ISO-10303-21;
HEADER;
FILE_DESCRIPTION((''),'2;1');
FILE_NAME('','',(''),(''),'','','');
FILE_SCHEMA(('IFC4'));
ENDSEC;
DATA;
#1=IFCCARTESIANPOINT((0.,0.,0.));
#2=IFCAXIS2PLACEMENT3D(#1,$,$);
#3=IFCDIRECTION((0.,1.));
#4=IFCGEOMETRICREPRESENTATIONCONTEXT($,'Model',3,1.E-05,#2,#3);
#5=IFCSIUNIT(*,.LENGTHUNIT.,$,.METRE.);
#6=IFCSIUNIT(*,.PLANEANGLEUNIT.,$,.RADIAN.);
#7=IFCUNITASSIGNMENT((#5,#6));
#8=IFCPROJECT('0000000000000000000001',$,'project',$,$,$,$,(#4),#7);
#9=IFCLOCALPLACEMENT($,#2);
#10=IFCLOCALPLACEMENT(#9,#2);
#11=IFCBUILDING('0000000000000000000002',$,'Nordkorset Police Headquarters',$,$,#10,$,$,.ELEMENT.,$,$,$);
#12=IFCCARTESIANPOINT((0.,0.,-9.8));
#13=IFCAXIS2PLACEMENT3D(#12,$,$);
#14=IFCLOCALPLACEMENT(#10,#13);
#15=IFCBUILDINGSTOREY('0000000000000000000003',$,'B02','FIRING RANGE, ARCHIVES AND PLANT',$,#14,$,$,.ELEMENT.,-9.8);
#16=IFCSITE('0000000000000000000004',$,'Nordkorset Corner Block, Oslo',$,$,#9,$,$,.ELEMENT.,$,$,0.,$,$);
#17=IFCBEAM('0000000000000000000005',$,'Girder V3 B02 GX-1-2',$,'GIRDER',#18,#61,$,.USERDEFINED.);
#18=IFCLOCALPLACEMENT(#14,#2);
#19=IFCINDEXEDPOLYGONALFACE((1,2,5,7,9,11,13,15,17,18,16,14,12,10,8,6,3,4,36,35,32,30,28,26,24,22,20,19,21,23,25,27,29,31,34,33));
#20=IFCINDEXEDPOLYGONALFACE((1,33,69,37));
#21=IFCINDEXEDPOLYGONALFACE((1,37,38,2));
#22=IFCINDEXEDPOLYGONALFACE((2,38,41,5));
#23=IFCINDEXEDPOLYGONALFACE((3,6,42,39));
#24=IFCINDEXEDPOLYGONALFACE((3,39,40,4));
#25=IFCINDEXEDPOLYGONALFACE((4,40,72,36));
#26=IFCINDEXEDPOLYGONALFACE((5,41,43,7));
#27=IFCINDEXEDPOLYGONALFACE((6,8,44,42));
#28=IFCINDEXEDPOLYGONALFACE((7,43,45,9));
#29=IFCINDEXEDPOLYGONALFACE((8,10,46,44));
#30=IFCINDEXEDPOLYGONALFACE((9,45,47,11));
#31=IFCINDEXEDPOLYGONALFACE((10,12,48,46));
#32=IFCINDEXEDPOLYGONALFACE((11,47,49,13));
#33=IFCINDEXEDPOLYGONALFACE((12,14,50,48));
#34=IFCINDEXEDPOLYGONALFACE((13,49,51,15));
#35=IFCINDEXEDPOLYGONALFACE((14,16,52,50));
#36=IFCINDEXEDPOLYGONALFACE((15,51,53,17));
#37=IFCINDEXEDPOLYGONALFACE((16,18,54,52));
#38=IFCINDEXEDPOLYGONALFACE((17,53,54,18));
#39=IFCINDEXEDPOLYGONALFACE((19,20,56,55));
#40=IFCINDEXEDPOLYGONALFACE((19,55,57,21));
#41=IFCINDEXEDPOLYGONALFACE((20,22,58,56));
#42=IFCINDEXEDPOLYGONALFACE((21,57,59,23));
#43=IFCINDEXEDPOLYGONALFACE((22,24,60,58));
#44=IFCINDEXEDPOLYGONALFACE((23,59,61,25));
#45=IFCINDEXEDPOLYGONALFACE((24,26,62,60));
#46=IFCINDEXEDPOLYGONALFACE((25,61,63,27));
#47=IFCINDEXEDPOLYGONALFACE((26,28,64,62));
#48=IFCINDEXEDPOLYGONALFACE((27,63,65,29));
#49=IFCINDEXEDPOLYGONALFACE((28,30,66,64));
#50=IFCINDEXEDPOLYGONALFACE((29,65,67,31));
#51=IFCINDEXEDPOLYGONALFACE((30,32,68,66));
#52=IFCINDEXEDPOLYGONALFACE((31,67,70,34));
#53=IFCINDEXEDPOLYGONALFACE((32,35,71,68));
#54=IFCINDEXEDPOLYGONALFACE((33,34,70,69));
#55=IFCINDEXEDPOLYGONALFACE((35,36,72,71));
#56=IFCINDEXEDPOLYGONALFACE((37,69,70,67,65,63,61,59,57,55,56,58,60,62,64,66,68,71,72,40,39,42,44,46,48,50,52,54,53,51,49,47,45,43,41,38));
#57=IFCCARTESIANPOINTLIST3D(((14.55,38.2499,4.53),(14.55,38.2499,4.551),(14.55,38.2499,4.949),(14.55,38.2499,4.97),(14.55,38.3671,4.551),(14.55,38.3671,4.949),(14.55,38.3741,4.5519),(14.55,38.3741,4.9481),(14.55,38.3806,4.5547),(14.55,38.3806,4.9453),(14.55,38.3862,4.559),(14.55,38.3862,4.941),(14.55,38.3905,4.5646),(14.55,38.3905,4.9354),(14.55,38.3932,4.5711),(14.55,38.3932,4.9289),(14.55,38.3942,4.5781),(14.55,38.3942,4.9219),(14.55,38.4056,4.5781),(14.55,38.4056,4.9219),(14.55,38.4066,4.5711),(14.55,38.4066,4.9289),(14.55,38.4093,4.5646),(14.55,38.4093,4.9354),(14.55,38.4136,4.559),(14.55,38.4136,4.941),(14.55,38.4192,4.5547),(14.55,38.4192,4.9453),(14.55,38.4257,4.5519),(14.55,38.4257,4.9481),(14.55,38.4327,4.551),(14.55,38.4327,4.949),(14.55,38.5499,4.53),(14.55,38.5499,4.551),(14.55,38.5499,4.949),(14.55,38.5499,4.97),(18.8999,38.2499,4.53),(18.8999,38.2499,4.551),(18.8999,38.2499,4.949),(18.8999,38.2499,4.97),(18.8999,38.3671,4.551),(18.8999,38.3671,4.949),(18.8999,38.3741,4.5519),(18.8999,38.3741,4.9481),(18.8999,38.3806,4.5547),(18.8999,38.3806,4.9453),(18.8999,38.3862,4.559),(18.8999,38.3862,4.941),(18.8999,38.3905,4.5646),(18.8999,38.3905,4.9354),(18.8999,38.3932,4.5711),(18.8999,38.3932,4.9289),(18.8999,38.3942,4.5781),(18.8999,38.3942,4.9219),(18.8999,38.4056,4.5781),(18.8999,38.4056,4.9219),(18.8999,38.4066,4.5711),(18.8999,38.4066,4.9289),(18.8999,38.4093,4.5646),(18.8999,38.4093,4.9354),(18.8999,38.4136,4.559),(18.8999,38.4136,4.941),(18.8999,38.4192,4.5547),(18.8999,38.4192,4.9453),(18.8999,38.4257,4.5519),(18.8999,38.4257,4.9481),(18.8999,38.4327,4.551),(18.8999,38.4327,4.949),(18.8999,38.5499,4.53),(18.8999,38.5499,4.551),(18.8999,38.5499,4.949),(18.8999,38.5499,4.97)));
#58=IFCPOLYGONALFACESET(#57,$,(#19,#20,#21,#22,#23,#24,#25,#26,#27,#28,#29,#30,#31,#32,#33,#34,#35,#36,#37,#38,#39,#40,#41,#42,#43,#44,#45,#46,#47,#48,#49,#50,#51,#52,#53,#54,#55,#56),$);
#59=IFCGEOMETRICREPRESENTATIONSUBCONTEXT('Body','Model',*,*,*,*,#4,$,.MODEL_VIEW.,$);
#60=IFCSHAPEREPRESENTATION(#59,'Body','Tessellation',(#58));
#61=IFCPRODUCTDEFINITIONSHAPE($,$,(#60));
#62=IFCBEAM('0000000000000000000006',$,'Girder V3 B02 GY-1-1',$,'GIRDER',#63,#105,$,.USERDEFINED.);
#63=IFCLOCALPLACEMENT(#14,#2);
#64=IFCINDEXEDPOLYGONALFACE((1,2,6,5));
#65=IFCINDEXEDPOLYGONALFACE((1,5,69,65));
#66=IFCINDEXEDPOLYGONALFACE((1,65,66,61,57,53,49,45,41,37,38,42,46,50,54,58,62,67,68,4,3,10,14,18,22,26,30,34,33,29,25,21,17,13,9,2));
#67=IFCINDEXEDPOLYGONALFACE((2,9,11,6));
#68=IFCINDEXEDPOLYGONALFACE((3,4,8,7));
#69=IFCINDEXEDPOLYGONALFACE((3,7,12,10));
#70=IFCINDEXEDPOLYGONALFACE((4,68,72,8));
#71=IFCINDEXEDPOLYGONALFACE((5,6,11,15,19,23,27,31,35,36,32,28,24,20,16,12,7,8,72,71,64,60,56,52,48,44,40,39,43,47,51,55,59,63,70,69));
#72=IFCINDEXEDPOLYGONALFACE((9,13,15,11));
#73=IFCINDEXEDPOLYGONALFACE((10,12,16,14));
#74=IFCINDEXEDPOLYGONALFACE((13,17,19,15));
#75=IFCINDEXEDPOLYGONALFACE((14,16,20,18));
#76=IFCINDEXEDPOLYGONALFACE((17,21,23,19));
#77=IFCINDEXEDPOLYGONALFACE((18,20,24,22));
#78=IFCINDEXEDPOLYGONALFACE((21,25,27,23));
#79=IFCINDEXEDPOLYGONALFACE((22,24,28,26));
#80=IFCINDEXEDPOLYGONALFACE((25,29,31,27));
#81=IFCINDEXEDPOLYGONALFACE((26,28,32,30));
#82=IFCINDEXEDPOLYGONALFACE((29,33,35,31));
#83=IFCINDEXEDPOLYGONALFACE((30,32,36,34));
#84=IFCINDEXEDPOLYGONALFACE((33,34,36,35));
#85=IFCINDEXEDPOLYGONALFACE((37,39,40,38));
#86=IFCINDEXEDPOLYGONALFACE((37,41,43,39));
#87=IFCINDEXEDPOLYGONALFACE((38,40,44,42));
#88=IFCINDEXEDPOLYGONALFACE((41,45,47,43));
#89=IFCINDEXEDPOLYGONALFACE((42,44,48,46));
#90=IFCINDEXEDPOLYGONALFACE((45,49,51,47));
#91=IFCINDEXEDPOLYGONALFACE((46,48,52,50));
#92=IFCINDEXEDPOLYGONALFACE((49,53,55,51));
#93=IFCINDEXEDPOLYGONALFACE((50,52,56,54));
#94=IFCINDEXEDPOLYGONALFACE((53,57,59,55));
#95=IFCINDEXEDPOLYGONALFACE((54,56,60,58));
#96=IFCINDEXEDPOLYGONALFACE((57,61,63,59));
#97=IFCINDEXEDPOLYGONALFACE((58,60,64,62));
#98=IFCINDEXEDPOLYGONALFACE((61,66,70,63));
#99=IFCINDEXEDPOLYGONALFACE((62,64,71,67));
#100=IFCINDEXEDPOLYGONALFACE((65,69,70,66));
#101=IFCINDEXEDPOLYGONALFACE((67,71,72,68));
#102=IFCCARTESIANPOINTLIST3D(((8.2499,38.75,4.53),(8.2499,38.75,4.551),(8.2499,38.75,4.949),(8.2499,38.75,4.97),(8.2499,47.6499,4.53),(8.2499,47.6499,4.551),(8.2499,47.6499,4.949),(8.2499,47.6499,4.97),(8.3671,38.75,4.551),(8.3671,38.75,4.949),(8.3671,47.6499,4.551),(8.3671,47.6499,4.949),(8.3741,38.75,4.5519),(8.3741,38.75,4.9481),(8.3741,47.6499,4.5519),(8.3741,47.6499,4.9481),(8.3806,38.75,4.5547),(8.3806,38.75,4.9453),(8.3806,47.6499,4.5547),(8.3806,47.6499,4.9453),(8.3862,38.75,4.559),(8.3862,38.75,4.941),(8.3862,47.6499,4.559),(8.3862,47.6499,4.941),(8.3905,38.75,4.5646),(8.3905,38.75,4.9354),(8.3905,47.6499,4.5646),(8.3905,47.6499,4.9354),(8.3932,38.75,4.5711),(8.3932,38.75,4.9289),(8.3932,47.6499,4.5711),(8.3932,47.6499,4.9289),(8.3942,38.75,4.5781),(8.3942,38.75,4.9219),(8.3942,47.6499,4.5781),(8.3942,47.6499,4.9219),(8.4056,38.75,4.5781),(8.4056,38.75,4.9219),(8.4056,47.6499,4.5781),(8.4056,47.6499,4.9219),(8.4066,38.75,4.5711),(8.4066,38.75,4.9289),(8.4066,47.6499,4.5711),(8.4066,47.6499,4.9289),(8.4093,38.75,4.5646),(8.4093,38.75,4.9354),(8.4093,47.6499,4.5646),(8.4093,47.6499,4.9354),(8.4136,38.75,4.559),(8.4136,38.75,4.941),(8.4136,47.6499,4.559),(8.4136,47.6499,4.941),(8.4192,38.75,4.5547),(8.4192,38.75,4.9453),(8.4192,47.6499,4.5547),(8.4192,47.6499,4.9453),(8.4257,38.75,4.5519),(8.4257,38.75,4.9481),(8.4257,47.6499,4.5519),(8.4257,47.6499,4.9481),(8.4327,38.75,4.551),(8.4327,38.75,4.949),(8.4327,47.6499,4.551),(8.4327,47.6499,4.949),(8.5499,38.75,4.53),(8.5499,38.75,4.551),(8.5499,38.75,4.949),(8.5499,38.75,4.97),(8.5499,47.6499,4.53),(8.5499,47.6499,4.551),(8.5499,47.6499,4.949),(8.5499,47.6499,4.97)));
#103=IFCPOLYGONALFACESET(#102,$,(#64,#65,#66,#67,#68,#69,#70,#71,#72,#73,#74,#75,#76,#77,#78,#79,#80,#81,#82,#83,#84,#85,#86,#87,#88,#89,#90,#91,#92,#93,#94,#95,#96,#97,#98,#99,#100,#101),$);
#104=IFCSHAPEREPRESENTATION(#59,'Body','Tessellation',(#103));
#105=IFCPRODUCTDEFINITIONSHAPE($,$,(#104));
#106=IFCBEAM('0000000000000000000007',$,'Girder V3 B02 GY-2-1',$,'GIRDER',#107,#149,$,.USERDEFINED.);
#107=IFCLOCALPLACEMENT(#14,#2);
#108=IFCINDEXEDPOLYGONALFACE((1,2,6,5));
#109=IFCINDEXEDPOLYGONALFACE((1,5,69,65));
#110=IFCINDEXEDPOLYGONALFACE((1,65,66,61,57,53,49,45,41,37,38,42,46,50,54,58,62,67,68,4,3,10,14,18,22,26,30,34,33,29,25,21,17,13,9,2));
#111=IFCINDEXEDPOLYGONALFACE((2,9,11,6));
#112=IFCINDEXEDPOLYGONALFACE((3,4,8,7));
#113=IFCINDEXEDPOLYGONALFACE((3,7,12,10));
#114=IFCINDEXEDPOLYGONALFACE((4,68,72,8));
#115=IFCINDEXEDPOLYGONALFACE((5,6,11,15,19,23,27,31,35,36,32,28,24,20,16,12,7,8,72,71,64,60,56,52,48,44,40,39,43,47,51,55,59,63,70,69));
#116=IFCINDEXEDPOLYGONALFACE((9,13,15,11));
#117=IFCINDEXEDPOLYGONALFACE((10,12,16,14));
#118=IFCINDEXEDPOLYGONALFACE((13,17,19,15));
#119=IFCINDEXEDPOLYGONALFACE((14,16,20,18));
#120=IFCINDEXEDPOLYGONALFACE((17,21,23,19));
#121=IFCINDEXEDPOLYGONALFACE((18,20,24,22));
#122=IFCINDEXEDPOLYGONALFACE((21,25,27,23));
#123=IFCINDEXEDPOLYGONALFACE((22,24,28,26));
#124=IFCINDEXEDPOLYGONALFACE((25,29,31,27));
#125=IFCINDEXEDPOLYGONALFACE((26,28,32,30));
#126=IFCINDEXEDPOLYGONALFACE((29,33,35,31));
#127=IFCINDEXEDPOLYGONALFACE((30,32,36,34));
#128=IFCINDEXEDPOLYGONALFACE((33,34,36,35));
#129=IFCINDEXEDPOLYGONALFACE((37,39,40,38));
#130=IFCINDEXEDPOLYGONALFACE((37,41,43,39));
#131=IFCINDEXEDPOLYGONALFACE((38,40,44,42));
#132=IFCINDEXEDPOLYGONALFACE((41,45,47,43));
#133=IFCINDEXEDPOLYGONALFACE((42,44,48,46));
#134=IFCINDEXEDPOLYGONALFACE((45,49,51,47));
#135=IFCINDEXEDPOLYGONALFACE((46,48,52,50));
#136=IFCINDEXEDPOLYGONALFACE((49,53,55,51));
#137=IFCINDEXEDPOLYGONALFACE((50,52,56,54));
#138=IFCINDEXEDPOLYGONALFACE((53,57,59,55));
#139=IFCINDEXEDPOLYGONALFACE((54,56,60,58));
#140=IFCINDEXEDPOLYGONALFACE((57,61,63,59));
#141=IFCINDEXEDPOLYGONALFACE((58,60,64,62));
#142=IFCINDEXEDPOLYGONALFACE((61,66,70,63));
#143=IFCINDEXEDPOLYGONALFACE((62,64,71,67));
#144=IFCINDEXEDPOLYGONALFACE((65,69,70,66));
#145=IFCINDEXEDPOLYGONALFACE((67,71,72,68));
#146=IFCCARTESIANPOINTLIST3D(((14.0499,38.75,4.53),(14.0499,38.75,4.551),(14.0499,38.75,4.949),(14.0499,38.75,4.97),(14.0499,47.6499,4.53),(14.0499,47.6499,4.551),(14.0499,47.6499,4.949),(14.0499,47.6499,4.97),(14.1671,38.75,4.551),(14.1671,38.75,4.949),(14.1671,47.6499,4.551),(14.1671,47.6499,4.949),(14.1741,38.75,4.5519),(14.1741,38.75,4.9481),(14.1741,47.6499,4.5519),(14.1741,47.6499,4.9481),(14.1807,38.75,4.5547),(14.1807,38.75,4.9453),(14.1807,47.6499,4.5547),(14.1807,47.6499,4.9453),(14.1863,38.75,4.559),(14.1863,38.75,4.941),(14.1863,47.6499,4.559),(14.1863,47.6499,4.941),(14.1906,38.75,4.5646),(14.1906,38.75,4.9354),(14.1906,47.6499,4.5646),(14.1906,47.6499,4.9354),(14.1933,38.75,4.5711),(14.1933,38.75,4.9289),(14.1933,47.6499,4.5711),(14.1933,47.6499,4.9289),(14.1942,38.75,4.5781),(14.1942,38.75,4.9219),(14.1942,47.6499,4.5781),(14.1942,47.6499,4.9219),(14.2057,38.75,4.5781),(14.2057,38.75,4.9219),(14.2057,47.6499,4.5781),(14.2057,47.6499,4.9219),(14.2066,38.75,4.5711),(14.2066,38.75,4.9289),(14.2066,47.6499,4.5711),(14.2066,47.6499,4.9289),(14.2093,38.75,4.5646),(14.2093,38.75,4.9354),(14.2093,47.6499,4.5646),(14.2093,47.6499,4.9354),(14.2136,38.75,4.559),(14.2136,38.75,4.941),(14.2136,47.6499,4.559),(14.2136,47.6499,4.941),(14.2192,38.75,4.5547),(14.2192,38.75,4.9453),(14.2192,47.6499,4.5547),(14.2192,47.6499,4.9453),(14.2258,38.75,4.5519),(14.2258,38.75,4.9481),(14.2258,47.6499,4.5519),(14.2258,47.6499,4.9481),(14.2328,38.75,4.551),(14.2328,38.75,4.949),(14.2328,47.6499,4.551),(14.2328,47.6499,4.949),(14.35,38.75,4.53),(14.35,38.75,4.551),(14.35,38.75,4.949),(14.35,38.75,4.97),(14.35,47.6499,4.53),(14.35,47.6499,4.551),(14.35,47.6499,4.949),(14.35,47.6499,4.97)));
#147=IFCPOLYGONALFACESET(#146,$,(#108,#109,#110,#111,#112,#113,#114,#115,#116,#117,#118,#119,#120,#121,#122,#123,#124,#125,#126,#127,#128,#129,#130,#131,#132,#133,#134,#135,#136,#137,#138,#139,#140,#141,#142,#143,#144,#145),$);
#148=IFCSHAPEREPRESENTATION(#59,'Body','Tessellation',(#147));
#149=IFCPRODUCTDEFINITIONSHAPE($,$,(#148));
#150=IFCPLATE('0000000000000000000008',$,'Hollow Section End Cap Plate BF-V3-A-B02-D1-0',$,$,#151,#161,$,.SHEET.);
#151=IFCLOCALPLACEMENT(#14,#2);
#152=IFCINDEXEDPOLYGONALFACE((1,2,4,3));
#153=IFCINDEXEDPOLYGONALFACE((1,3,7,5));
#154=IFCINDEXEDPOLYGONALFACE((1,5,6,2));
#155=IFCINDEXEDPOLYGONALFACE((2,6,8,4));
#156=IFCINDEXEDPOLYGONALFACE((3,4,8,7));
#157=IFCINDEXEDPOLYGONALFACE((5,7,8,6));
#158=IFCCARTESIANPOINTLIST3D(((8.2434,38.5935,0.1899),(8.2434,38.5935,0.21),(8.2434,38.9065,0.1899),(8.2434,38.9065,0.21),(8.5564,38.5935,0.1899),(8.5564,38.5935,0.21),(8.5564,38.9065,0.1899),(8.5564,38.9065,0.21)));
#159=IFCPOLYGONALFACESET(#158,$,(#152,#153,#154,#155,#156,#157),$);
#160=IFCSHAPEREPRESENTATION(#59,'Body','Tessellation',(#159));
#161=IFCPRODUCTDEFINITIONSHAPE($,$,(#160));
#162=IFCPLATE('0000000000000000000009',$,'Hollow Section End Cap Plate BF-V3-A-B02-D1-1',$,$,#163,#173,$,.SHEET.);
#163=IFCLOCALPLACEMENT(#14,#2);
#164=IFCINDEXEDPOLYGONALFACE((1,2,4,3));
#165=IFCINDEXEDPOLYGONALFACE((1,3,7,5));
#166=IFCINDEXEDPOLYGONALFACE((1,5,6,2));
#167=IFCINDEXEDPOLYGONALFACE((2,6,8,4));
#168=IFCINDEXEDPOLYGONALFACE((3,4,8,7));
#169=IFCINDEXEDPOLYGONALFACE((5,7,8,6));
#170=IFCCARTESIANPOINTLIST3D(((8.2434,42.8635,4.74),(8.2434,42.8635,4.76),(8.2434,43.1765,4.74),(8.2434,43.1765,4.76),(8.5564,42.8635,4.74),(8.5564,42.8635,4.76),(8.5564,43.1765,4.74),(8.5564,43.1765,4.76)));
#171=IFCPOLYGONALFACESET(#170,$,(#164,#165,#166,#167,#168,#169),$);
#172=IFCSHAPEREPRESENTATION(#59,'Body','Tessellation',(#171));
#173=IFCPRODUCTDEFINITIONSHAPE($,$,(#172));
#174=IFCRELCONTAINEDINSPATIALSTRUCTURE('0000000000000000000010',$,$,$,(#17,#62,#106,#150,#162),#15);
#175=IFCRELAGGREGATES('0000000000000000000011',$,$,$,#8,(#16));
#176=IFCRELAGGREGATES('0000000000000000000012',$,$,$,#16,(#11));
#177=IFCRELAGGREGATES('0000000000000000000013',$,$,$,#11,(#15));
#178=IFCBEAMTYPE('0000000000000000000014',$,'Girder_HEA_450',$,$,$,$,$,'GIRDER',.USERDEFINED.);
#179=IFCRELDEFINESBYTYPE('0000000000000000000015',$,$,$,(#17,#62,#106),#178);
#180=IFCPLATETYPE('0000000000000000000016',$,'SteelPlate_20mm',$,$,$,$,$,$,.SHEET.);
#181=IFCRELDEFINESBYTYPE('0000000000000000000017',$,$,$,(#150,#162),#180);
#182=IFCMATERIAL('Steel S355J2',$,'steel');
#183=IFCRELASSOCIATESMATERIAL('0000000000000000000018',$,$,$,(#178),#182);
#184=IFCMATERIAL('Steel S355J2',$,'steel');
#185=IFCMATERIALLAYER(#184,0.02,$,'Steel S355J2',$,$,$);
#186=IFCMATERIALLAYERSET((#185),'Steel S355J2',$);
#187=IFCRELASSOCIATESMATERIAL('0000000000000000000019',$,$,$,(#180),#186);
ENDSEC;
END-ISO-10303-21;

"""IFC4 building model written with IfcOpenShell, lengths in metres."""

from ifc_helpers import new_model, si_unit, direction, frame, origin, origin_2d, place, context, subcontext, project, spatial, rectangle, i_section, extrude, material, layer, layer_set, material_profile, profile_set, type_object, element, save


model = new_model("IFC4")

# Units and contexts
model_context = context("Model", 3, precision=1e-05, world=origin(), true_north=direction((0.0, 1.0)))
body_context = subcontext(model_context, "Body", "Model", "MODEL_VIEW")
ifc_project = project(units=[si_unit("LENGTHUNIT", "METRE"), si_unit("PLANEANGLEUNIT", "RADIAN")], contexts=[model_context])

# Site, building, storey
site_placement = place(None, origin())
site = spatial("IfcSite", under=ifc_project, at=site_placement, Name="Nordkorset Corner Block, Oslo", CompositionType="ELEMENT", RefElevation=0.0)
building_placement = place(site_placement, origin())
building = spatial("IfcBuilding", under=site, at=building_placement, Name="Nordkorset Police Headquarters", CompositionType="ELEMENT")
storey_placement = place(building_placement, frame((0.0, 0.0, -9.8)))
storey = spatial("IfcBuildingStorey", under=building, at=storey_placement, Name="B02", Description="FIRING RANGE, ARCHIVES AND PLANT", CompositionType="ELEMENT", Elevation=-9.8)

# Beams
ifc_material_1 = material(Name="Steel S355J2", Category="steel")
ifc_material_profile_1 = material_profile(ifc_material_1, i_section(OverallWidth=0.3, OverallDepth=0.4399, WebThickness=0.0115, FlangeThickness=0.021, FilletRadius=0.0271, at=origin_2d()), Name="HEA 450")
ifc_profile_set_1 = profile_set([ifc_material_profile_1], Name="Steel S355J2")
beam_type_1 = type_object("IfcBeamType", Name="Girder_HEA_450", ElementType="GIRDER", PredefinedType="USERDEFINED", material=ifc_profile_set_1)
beam_1_placement = place(storey_placement, frame((14.55, 38.3999, 4.75), z_axis=(1.0, 0.0, 0.0), x_axis=(0.0, 1.0, 0.0)))
element("IfcBeam", 1, at=beam_1_placement, inside=storey, type_object=beam_type_1, Name="Girder V3 B02 GX-1-2", ObjectType="GIRDER", PredefinedType="USERDEFINED", context=body_context, shape_type="SweptSolid", body=[
    extrude(i_section(OverallWidth=0.3, OverallDepth=0.4399, WebThickness=0.0115, FlangeThickness=0.021, FilletRadius=0.0271, at=origin_2d()), origin(), (0.0, 0.0, 1.0), 4.3499),
])
for number, where, z_axis, x_axis, name in (
    (2, (8.3999, 38.75, 4.75), (0.0, 1.0, 0.0), (-1.0, 0.0, 0.0), "Girder V3 B02 GY-1-1"),
    (3, (14.2, 38.75, 4.75), (0.0, 1.0, 0.0), (-1.0, 0.0, 0.0), "Girder V3 B02 GY-2-1"),
):
    element("IfcBeam", number, at=place(storey_placement, frame(where, z_axis=z_axis, x_axis=x_axis)), inside=storey, type_object=beam_type_1, Name=name, ObjectType="GIRDER", PredefinedType="USERDEFINED", context=body_context, shape_type="SweptSolid", body=[
        extrude(i_section(OverallWidth=0.3, OverallDepth=0.4399, WebThickness=0.0115, FlangeThickness=0.021, FilletRadius=0.0271, at=origin_2d()), origin(), (0.0, 0.0, 1.0), 8.8999),
    ])

# Plates
ifc_material_2 = material(Name="Steel S355J2", Category="steel")
ifc_layer = layer(ifc_material_2, 0.02, Name="Steel S355J2")
ifc_layer_set = layer_set([ifc_layer], Name="Steel S355J2")
plate_type = type_object("IfcPlateType", Name="SteelPlate_20mm", PredefinedType="SHEET", material=ifc_layer_set)
for number, where, z_axis, x_axis, name in (
    (4, (8.3999, 38.75, 0.1899), (0.0, 0.0, 1.0), (1.0, 0.0, 0.0), "Hollow Section End Cap Plate BF-V3-A-B02-D1-0"),
    (5, (8.3999, 43.02, 4.74), (0.0, 0.0, 1.0), (1.0, 0.0, 0.0), "Hollow Section End Cap Plate BF-V3-A-B02-D1-1"),
):
    element("IfcPlate", number, at=place(storey_placement, frame(where, z_axis=z_axis, x_axis=x_axis)), inside=storey, type_object=plate_type, Name=name, PredefinedType="SHEET", context=body_context, shape_type="SweptSolid", body=[
        extrude(rectangle(XDim=0.313, YDim=0.313, at=origin_2d()), origin(), (0.0, 0.0, 1.0), 0.02),
    ])

save(model, "model.ifc")
